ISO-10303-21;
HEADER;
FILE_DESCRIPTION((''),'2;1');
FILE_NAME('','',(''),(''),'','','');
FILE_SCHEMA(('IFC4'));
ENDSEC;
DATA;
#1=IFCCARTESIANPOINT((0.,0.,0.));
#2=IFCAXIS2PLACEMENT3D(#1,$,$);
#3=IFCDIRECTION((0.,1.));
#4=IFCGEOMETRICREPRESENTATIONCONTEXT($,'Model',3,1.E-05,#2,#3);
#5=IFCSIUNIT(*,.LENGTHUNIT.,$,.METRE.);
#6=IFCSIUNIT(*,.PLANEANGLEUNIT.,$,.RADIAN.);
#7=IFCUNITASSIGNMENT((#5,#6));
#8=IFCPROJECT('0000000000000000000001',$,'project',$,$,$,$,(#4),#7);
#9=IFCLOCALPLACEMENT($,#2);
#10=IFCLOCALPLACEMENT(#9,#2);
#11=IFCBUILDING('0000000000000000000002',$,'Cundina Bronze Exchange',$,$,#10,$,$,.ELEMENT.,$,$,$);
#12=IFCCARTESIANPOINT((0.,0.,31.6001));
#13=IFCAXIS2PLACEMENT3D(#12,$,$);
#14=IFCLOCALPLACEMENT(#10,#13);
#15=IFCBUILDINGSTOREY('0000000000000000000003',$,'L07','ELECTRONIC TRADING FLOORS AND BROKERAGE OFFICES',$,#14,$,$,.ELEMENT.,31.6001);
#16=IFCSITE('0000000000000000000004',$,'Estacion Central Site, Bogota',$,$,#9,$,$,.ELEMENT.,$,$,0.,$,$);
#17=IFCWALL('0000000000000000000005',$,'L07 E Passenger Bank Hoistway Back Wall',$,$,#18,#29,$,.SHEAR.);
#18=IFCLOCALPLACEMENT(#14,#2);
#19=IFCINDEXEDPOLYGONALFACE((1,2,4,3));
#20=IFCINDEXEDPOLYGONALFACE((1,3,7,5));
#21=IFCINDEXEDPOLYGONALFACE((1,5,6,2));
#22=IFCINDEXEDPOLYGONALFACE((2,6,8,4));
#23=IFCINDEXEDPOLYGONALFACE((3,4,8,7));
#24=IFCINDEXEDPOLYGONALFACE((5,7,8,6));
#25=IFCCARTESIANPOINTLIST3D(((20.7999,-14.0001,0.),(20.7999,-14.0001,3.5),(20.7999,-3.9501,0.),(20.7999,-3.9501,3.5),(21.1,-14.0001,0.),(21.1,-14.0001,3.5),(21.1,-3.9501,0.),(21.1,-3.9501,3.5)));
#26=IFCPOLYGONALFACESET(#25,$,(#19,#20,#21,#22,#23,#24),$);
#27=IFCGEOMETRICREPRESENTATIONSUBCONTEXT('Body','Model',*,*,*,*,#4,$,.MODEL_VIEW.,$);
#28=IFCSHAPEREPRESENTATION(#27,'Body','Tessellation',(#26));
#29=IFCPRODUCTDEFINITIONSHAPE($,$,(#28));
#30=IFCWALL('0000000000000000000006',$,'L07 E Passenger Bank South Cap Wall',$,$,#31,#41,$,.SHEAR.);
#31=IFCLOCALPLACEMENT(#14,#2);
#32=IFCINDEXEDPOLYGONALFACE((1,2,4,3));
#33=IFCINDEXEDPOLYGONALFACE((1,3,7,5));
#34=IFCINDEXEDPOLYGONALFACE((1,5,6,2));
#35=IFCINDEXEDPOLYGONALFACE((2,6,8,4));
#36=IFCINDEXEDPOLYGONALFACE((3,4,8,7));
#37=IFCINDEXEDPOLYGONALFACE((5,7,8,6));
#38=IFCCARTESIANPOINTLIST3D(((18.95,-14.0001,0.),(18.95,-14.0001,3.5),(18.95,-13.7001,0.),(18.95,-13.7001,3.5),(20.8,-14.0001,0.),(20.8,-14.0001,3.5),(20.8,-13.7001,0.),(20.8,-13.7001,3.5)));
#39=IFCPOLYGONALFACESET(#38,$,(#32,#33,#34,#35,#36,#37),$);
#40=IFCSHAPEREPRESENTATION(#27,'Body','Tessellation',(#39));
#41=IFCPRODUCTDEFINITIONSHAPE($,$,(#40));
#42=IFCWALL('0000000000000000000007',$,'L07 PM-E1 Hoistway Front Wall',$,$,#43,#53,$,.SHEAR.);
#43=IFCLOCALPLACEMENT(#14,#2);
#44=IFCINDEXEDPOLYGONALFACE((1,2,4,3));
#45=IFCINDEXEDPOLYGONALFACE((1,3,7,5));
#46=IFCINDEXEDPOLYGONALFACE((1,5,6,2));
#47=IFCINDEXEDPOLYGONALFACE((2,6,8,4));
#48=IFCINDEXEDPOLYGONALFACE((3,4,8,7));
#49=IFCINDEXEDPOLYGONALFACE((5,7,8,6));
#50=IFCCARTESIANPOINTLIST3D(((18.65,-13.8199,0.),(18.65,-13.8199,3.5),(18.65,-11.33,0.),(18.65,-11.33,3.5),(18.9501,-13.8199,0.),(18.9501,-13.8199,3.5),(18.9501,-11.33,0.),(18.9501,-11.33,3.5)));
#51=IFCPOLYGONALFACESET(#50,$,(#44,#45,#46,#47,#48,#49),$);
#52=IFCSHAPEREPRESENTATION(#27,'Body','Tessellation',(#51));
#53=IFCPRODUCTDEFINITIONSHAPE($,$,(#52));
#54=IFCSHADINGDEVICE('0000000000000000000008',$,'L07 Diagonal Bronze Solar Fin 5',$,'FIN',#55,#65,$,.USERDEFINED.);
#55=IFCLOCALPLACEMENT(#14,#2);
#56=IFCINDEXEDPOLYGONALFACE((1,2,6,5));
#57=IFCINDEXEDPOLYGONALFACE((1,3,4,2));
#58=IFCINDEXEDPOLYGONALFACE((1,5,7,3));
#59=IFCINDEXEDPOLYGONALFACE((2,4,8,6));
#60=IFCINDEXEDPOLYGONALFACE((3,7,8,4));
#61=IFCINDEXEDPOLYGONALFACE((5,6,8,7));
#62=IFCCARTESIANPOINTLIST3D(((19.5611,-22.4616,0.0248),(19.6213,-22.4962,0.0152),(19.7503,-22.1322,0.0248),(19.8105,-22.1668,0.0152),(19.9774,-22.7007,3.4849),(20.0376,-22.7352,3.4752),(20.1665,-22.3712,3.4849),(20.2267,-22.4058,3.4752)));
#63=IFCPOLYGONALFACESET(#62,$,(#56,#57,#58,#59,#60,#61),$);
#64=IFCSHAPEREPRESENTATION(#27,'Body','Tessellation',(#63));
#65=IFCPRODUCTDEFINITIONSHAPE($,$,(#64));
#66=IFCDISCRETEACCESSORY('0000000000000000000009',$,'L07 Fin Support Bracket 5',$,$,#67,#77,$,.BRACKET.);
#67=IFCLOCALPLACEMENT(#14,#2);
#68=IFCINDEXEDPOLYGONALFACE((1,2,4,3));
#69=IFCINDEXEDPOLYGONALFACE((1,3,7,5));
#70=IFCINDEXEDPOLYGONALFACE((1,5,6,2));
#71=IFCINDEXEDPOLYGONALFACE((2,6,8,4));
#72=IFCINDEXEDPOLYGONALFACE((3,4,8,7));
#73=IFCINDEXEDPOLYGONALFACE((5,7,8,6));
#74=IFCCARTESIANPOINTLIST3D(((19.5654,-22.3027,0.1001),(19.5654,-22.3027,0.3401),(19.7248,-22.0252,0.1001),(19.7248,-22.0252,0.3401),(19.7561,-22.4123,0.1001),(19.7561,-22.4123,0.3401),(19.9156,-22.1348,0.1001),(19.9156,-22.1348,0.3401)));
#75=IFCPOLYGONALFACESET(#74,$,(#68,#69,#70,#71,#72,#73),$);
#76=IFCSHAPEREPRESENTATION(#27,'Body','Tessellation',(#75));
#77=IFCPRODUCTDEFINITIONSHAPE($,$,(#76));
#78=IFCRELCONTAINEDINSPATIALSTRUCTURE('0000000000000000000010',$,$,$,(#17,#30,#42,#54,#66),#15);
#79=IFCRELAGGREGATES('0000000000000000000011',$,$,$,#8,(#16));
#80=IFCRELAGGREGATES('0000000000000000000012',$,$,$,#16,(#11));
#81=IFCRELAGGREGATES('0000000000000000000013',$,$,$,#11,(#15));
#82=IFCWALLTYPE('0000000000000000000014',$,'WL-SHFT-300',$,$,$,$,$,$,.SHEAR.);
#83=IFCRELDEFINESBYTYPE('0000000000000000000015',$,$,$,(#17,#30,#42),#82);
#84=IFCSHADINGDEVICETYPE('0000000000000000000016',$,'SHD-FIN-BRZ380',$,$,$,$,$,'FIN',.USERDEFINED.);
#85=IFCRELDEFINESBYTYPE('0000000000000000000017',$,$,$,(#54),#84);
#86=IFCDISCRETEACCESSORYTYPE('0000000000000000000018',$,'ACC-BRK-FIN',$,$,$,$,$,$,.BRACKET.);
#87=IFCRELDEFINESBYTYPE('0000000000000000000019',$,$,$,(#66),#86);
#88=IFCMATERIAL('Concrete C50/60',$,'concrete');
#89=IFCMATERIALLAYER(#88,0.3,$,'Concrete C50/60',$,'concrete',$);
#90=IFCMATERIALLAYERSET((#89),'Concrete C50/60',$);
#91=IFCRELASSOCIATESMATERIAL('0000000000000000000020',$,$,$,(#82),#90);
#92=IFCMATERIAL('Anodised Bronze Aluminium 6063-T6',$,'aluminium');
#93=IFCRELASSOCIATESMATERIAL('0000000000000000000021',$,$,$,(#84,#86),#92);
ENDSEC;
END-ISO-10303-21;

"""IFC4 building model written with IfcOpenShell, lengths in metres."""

from ifc_helpers import new_model, si_unit, direction, frame, frame_2d, origin, origin_2d, place, context, subcontext, project, spatial, rectangle, extrude, material, layer, layer_set, material_profile, profile_set, type_object, element, save


model = new_model("IFC4")

# Units and contexts
model_context = context("Model", 3, precision=1e-05, world=origin(), true_north=direction((0.0, 1.0)))
body_context = subcontext(model_context, "Body", "Model", "MODEL_VIEW")
ifc_project = project(units=[si_unit("LENGTHUNIT", "METRE"), si_unit("PLANEANGLEUNIT", "RADIAN")], contexts=[model_context])

# Site, building, storey
site_placement = place(None, origin())
site = spatial("IfcSite", under=ifc_project, at=site_placement, Name="Estacion Central Site, Bogota", CompositionType="ELEMENT", RefElevation=0.0)
building_placement = place(site_placement, origin())
building = spatial("IfcBuilding", under=site, at=building_placement, Name="Cundina Bronze Exchange", CompositionType="ELEMENT")
storey_placement = place(building_placement, frame((0.0, 0.0, 31.6001)))
storey = spatial("IfcBuildingStorey", under=building, at=storey_placement, Name="L07", Description="ELECTRONIC TRADING FLOORS AND BROKERAGE OFFICES", CompositionType="ELEMENT", Elevation=31.6001)

# Shared definitions
ifc_material_1 = material(Name="Anodised Bronze Aluminium 6063-T6", Category="aluminium")

# Walls
ifc_material_2 = material(Name="Concrete C50/60", Category="concrete")
ifc_layer_1 = layer(ifc_material_2, 0.3, Name="Concrete C50/60", Category="concrete")
ifc_layer_set_1 = layer_set([ifc_layer_1], Name="Concrete C50/60")
wall_type_1 = type_object("IfcWallType", Name="WL-SHFT-300", PredefinedType="SHEAR", material=ifc_layer_set_1)
wall_1_placement = place(storey_placement, frame((20.95, -14.0, 0.0), z_axis=(0.0, 0.0, 1.0), x_axis=(0.0, 1.0, 0.0)))
element("IfcWall", 1, at=wall_1_placement, inside=storey, type_object=wall_type_1, Name="L07 E Passenger Bank Hoistway Back Wall", PredefinedType="SHEAR", context=body_context, shape_type="SweptSolid", body=[
    extrude(rectangle(XDim=10.05, YDim=0.3, at=frame_2d((5.0249, 0.0))), origin(), (0.0, 0.0, 1.0), 3.5),
])
wall_2_placement = place(storey_placement, frame((18.95, -13.8501, 0.0), z_axis=(0.0, 0.0, 1.0), x_axis=(1.0, 0.0, 0.0)))
element("IfcWall", 2, at=wall_2_placement, inside=storey, type_object=wall_type_1, Name="L07 E Passenger Bank South Cap Wall", PredefinedType="SHEAR", context=body_context, shape_type="SweptSolid", body=[
    extrude(rectangle(XDim=1.8501, YDim=0.3, at=frame_2d((0.925, 0.0))), origin(), (0.0, 0.0, 1.0), 3.5),
])
wall_3_placement = place(storey_placement, frame((18.8, -13.8201, 0.0), z_axis=(0.0, 0.0, 1.0), x_axis=(0.0, 1.0, 0.0)))
element("IfcWall", 3, at=wall_3_placement, inside=storey, type_object=wall_type_1, Name="L07 PM-E1 Hoistway Front Wall", PredefinedType="SHEAR", context=body_context, shape_type="SweptSolid", body=[
    extrude(rectangle(XDim=2.49, YDim=0.3, at=frame_2d((1.2451, 0.0))), origin(), (0.0, 0.0, 1.0), 3.5),
])

# Shading device
ifc_material_profile_1 = material_profile(ifc_material_1, rectangle(XDim=0.0701, YDim=0.3799, at=origin_2d()), Name="FIN70X380", Category="aluminium")
ifc_profile_set_1 = profile_set([ifc_material_profile_1], Name="Anodised Bronze Aluminium 6063-T6")
shading_device_type = type_object("IfcShadingDeviceType", Name="SHD-FIN-BRZ380", ElementType="FIN", PredefinedType="USERDEFINED", material=ifc_profile_set_1)
shading_device_placement = place(storey_placement, frame((19.6858, -22.3142, 0.02), z_axis=(0.119166, -0.068425, 0.990514), x_axis=(-0.858982, 0.493222, 0.137414)))
element("IfcShadingDevice", 4, at=shading_device_placement, inside=storey, type_object=shading_device_type, Name="L07 Diagonal Bronze Solar Fin 5", ObjectType="FIN", PredefinedType="USERDEFINED", context=body_context, shape_type="SweptSolid", body=[
    extrude(rectangle(XDim=0.0701, YDim=0.3799, at=origin_2d()), origin(), (0.0, 0.0, 1.0), 3.4932),
])

# Discrete accessory
discrete_accessory_type = type_object("IfcDiscreteAccessoryType", Name="ACC-BRK-FIN", PredefinedType="BRACKET", material=ifc_material_1)
discrete_accessory_placement = place(storey_placement, frame((19.7405, -22.2188, 0.1001), z_axis=(0.0, 0.0, 1.0), x_axis=(0.867105, -0.498125, 0.0)))
element("IfcDiscreteAccessory", 5, at=discrete_accessory_placement, inside=storey, type_object=discrete_accessory_type, Name="L07 Fin Support Bracket 5", PredefinedType="BRACKET", context=body_context, shape_type="SweptSolid", body=[
    extrude(rectangle(XDim=0.22, YDim=0.3201, at=origin_2d()), origin(), (0.0, 0.0, 1.0), 0.24),
])

save(model, "model.ifc")
